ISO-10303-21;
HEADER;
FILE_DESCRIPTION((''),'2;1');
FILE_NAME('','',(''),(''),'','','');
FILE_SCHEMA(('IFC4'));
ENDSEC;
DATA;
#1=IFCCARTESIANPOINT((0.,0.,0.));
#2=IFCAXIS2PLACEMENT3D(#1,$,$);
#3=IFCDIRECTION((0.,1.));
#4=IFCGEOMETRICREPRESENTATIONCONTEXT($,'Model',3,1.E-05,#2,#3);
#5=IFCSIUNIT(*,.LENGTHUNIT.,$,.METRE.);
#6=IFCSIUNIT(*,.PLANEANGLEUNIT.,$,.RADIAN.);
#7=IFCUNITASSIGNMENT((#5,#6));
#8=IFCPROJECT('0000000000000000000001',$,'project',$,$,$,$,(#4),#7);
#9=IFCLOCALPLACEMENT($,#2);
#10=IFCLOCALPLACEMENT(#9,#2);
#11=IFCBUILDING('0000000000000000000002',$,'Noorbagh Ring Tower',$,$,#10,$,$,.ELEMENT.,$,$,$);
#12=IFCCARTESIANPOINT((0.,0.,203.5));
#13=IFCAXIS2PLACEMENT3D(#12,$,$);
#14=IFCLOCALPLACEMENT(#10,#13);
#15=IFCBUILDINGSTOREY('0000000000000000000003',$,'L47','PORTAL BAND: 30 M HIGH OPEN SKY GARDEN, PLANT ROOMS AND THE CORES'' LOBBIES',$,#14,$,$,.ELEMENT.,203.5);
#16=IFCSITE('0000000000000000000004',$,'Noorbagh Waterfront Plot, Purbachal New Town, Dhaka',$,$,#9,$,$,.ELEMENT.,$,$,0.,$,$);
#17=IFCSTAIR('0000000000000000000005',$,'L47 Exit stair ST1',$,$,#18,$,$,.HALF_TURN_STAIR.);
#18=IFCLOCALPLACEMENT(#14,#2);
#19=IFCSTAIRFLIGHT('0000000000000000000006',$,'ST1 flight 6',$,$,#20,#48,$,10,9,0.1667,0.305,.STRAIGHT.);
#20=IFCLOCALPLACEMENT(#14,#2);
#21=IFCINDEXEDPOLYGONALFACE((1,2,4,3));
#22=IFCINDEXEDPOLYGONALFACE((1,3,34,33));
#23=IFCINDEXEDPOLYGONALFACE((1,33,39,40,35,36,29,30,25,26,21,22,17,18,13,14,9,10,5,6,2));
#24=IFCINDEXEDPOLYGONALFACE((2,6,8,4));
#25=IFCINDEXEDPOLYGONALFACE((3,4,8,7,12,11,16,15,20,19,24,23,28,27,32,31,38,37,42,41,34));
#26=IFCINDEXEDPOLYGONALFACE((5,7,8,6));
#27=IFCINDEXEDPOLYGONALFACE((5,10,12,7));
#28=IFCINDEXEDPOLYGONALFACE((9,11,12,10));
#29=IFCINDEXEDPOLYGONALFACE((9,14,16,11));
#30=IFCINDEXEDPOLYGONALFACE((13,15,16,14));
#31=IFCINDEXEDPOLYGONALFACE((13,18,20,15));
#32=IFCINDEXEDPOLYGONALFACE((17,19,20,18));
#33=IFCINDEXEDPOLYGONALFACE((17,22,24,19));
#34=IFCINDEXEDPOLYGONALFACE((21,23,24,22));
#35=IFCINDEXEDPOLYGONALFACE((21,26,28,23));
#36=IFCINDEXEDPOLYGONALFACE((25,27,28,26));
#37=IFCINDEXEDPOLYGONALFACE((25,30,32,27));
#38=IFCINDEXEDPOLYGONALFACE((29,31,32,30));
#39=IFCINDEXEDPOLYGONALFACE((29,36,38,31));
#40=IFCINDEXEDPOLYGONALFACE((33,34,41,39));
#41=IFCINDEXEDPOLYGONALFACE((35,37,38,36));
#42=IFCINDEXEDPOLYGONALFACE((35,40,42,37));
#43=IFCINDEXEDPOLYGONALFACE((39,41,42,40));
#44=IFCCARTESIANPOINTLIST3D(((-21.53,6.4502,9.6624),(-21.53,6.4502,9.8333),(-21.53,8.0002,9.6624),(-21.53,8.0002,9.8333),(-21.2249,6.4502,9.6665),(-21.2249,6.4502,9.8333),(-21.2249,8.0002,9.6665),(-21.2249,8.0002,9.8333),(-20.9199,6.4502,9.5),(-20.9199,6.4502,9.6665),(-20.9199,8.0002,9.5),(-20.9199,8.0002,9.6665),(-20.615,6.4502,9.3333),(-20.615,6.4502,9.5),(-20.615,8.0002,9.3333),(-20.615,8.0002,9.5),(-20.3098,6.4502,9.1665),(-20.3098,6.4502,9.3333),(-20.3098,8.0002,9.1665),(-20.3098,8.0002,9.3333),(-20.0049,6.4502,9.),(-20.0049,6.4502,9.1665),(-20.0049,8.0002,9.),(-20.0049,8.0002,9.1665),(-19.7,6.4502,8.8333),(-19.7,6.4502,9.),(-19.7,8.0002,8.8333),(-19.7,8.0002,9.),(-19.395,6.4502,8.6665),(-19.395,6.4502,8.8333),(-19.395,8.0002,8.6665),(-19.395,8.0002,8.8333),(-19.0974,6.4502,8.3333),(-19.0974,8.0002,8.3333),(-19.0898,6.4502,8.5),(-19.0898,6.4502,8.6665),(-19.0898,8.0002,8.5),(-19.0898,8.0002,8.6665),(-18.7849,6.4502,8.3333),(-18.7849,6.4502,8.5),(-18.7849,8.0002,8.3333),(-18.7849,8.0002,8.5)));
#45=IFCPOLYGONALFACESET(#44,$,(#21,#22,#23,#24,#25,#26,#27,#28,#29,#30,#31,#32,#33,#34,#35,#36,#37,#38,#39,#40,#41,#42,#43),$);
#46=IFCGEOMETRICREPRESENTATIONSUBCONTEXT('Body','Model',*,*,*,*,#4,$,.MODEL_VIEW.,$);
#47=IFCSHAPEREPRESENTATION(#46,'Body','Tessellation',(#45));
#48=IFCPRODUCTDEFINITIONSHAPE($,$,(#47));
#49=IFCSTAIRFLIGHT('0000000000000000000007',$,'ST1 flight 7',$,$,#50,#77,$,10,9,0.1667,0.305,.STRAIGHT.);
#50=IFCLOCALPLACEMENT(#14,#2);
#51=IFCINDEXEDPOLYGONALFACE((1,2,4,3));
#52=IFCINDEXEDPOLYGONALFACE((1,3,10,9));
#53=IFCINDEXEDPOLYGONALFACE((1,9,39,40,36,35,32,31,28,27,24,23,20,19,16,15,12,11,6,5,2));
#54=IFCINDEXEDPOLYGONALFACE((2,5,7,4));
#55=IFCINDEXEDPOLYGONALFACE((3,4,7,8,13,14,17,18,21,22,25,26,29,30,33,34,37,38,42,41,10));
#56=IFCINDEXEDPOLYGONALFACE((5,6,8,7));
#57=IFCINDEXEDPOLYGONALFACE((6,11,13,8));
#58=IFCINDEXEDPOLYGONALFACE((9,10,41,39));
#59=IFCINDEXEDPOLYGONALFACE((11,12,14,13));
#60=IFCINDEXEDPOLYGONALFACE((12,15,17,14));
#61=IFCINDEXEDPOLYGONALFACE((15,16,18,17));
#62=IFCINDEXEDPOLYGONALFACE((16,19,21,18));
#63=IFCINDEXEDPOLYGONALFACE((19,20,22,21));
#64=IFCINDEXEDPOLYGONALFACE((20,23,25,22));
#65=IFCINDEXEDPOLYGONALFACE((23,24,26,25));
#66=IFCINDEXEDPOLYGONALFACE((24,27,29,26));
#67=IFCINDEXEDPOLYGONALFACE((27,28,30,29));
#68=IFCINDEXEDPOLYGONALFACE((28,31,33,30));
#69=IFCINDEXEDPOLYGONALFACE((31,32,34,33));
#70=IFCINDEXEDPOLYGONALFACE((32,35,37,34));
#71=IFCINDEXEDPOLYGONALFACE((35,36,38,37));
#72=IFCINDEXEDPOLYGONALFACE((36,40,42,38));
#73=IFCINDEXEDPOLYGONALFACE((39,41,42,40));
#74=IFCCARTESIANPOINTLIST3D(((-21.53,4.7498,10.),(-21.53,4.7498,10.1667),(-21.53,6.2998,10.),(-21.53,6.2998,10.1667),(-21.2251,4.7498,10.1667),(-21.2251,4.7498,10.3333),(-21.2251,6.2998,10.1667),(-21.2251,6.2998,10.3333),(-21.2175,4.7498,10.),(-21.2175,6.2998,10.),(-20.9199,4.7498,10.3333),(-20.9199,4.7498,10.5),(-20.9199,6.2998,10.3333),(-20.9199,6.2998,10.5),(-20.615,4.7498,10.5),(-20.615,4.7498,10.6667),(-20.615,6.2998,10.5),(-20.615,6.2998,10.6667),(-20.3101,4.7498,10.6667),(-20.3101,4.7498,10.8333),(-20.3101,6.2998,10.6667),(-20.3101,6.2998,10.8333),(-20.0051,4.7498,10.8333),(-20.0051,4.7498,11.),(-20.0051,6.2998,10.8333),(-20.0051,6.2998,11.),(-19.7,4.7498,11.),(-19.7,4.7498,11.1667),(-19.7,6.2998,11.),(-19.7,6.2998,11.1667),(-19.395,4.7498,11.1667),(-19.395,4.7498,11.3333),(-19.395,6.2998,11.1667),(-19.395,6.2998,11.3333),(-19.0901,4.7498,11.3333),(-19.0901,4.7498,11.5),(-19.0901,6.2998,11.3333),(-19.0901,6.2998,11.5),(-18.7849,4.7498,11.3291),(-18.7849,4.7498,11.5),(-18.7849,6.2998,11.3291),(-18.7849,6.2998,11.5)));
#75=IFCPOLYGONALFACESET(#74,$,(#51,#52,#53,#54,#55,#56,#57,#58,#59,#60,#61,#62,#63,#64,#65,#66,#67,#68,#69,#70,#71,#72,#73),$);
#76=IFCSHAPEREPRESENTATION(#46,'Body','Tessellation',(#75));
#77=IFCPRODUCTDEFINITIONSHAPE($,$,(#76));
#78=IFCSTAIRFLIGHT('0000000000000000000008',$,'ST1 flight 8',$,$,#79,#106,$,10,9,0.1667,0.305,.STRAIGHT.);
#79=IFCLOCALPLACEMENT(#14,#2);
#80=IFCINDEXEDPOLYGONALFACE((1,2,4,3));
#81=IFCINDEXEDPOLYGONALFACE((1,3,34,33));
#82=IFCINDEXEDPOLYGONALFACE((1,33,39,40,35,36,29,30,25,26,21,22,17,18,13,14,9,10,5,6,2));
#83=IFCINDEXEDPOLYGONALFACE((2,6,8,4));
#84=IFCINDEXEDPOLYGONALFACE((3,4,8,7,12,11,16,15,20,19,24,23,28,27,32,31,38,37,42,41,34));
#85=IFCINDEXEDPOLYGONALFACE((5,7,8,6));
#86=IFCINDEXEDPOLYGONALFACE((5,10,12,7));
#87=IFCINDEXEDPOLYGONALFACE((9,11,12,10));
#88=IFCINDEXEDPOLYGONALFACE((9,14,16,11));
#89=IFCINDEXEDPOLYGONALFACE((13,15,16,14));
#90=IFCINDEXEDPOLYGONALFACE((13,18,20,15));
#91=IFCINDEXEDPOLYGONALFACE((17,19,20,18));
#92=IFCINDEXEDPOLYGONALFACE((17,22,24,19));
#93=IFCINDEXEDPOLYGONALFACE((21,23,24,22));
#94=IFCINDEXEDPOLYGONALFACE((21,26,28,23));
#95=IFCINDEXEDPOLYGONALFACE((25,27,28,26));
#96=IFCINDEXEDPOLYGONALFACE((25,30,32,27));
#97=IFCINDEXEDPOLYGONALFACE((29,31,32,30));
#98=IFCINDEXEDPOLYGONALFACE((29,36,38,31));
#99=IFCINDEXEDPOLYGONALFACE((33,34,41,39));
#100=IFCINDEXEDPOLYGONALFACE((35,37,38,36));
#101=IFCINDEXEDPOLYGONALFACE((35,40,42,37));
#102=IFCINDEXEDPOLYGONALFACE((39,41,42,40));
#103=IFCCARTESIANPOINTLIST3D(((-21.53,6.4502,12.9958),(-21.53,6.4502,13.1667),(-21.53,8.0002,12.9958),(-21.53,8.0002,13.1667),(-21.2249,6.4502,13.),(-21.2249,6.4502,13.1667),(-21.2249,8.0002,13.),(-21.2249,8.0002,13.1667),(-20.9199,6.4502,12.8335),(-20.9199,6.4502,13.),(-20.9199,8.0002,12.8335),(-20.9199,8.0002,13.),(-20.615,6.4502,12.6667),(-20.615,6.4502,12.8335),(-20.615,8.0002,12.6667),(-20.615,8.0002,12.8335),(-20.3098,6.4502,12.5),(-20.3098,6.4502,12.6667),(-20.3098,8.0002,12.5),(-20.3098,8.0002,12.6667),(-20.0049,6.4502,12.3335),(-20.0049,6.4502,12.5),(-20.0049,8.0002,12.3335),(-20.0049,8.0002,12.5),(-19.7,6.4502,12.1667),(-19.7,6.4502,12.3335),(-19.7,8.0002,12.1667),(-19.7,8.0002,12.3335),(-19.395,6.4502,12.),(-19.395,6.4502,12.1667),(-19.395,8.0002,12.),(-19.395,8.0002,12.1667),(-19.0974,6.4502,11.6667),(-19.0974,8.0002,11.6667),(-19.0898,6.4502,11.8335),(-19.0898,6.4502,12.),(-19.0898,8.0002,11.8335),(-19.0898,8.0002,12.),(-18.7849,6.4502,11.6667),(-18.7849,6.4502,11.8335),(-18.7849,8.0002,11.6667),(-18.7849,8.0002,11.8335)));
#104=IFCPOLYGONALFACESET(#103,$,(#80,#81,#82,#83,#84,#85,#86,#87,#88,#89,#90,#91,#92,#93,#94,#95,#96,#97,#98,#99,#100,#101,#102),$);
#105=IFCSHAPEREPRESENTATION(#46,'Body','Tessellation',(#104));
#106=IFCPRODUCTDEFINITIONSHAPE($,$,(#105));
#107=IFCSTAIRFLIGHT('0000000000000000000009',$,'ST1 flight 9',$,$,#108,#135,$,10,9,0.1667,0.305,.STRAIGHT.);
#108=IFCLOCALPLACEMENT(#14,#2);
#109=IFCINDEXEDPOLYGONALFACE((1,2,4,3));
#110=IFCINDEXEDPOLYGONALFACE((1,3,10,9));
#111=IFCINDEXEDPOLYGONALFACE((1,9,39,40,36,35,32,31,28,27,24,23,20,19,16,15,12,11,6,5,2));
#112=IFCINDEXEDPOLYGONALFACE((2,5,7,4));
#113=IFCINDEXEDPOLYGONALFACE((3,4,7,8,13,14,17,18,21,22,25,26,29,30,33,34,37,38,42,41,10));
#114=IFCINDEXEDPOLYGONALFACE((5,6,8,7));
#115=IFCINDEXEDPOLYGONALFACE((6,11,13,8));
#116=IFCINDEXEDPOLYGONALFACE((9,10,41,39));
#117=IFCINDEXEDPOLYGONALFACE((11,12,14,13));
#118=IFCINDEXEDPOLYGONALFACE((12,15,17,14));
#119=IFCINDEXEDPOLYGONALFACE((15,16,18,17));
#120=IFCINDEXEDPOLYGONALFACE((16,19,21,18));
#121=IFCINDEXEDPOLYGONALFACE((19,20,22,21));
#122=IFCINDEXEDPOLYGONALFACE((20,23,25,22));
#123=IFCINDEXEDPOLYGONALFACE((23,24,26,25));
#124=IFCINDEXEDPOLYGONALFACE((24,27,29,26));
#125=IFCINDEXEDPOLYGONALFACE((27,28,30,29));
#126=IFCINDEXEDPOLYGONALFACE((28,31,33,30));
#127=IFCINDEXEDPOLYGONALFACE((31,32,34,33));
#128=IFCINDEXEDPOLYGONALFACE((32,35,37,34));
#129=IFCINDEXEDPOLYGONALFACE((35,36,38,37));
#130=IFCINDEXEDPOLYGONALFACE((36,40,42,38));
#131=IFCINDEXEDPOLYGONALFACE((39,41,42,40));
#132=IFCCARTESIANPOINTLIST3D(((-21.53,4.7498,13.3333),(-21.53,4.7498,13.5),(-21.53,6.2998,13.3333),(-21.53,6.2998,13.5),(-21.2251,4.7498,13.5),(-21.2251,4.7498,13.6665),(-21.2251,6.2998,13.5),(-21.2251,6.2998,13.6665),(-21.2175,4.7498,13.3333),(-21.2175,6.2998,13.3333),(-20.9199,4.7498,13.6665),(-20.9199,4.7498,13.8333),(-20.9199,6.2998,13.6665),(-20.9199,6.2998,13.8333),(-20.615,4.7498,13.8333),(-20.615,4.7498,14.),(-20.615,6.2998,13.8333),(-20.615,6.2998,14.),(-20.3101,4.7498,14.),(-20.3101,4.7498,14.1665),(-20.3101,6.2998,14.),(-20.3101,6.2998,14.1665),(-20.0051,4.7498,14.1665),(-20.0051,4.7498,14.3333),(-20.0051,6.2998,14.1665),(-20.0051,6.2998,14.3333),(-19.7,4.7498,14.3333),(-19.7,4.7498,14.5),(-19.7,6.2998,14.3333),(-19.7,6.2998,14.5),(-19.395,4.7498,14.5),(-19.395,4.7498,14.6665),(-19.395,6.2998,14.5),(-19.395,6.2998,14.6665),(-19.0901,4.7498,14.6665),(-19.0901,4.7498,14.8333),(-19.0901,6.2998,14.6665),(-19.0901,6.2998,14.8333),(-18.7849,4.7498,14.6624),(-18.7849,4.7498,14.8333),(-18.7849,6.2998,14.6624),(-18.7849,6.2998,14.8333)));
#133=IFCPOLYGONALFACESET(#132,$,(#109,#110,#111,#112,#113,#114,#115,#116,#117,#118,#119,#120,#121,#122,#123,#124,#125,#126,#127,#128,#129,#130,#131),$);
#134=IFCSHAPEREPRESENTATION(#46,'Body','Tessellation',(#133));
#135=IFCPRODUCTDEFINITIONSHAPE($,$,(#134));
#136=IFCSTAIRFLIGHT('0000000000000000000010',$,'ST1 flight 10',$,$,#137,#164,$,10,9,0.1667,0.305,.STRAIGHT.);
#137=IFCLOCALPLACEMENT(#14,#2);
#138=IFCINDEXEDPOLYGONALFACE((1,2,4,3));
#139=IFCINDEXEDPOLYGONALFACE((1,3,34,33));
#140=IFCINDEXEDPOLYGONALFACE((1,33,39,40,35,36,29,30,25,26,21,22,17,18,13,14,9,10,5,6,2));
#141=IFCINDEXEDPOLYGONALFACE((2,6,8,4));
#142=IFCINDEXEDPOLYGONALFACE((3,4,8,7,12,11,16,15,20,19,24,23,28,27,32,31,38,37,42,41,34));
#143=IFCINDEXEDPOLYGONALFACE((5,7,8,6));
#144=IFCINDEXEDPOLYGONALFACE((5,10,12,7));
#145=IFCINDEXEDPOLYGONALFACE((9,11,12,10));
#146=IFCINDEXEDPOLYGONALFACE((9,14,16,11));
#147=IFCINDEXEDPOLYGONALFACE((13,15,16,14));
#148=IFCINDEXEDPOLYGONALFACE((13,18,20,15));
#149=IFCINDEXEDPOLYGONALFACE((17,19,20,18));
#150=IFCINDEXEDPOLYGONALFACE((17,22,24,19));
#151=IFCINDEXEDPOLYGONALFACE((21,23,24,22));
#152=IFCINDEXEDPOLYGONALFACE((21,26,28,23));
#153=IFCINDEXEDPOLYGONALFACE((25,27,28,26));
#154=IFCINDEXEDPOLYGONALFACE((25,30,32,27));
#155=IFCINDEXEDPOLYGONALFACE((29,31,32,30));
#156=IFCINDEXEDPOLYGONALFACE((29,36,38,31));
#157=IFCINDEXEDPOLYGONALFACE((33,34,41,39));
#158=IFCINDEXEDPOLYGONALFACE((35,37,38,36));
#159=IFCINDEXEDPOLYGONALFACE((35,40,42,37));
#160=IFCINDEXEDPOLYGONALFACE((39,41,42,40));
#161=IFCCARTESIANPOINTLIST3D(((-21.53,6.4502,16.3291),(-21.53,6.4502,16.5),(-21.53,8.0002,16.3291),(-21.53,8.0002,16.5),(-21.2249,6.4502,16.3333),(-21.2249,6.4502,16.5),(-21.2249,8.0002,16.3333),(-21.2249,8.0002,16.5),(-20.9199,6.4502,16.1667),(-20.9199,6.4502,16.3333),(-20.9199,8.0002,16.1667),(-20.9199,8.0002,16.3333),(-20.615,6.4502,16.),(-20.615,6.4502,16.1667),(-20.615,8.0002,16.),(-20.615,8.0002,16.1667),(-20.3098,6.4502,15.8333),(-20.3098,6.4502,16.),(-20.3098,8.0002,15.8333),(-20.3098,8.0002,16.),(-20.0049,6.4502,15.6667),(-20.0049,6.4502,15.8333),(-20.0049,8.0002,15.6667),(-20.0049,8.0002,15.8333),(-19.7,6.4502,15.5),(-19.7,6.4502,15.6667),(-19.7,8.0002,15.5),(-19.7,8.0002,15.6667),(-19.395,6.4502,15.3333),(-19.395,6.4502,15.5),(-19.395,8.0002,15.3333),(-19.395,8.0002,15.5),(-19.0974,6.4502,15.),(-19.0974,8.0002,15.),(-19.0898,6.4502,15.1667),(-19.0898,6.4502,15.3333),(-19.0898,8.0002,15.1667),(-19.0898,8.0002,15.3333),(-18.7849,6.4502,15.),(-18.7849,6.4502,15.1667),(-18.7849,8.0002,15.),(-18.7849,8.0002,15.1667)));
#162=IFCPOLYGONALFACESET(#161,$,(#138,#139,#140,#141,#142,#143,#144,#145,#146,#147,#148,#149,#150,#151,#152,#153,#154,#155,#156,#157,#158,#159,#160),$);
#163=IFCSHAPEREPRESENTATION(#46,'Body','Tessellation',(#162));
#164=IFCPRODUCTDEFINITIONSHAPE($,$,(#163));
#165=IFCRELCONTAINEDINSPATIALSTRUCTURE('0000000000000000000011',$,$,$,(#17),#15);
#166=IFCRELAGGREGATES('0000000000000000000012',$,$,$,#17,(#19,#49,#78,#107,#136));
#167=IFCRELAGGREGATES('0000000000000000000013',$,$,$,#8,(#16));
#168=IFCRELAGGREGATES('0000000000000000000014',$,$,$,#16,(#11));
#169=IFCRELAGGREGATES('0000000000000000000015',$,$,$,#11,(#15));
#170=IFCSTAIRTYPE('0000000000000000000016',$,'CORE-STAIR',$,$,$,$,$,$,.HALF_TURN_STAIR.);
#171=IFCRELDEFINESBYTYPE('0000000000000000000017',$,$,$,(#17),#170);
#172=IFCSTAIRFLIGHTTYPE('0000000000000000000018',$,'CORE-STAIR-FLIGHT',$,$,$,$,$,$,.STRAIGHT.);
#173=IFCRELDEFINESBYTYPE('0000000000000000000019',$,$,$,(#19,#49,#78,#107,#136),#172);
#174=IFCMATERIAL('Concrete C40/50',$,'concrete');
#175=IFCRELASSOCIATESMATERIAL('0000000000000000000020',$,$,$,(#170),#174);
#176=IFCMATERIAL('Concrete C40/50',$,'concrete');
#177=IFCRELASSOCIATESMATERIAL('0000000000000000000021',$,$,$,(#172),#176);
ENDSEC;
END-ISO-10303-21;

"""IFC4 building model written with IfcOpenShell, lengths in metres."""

from ifc_helpers import new_model, si_unit, direction, frame, origin, place, context, subcontext, project, spatial, polyline, outline, extrude, material, type_object, element, aggregate, save


model = new_model("IFC4")

# Units and contexts
model_context = context("Model", 3, precision=1e-05, world=origin(), true_north=direction((0.0, 1.0)))
body_context = subcontext(model_context, "Body", "Model", "MODEL_VIEW")
ifc_project = project(units=[si_unit("LENGTHUNIT", "METRE"), si_unit("PLANEANGLEUNIT", "RADIAN")], contexts=[model_context])

# Site, building, storey
site_placement = place(None, origin())
site = spatial("IfcSite", under=ifc_project, at=site_placement, Name="Noorbagh Waterfront Plot, Purbachal New Town, Dhaka", CompositionType="ELEMENT", RefElevation=0.0)
building_placement = place(site_placement, origin())
building = spatial("IfcBuilding", under=site, at=building_placement, Name="Noorbagh Ring Tower", CompositionType="ELEMENT")
storey_placement = place(building_placement, frame((0.0, 0.0, 203.5)))
storey = spatial("IfcBuildingStorey", under=building, at=storey_placement, Name="L47", Description="PORTAL BAND: 30 M HIGH OPEN SKY GARDEN, PLANT ROOMS AND THE CORES' LOBBIES", CompositionType="ELEMENT", Elevation=203.5)

# Stair, stair flights
ifc_material_1 = material(Name="Concrete C40/50", Category="concrete")
stair_type = type_object("IfcStairType", Name="CORE-STAIR", PredefinedType="HALF_TURN_STAIR", material=ifc_material_1)
stair_placement = place(storey_placement, origin())
stair = element("IfcStair", 1, at=stair_placement, inside=storey, type_object=stair_type, Name="L47 Exit stair ST1", PredefinedType="HALF_TURN_STAIR")
ifc_material_2 = material(Name="Concrete C40/50", Category="concrete")
stair_flight_type = type_object("IfcStairFlightType", Name="CORE-STAIR-FLIGHT", PredefinedType="STRAIGHT", material=ifc_material_2)
stair_flight_1_placement = place(storey_placement, frame((-18.7849, 7.2251, 8.3333), z_axis=(0.0, 0.0, 1.0), x_axis=(-1.0, 0.0, 0.0)))
stair_flight_1 = element("IfcStairFlight", 2, at=stair_flight_1_placement, type_object=stair_flight_type, Name="ST1 flight 6", NumberOfRisers=10, NumberOfTreads=9, PredefinedType="STRAIGHT", RiserHeight=0.1667, TreadLength=0.305, context=body_context, shape_type="SweptSolid", body=[
    extrude(outline(polyline([(0.0, 0.0), (0.0, 0.1667), (0.3049, 0.1667), (0.3049, 0.3333), (0.6101, 0.3333), (0.6101, 0.5), (0.915, 0.5), (0.915, 0.6667), (1.22, 0.6667), (1.22, 0.8333), (1.5249, 0.8333), (1.5249, 1.0), (1.8301, 1.0), (1.8301, 1.1667), (2.135, 1.1667), (2.135, 1.3333), (2.4399, 1.3333), (2.4399, 1.5), (2.7451, 1.5), (2.7451, 1.6667), (2.7451, 1.3291), (0.3125, 0.0), (0.0, 0.0)])), frame((0.0, 0.7749, 0.0), z_axis=(0.0, -1.0, 0.0), x_axis=(1.0, 0.0, 0.0)), (0.0, 0.0, 1.0), 1.55),
])
stair_flight_2_placement = place(storey_placement, frame((-21.53, 5.5249, 10.0), z_axis=(0.0, 0.0, 1.0), x_axis=(1.0, 0.0, 0.0)))
stair_flight_2 = element("IfcStairFlight", 3, at=stair_flight_2_placement, type_object=stair_flight_type, Name="ST1 flight 7", NumberOfRisers=10, NumberOfTreads=9, PredefinedType="STRAIGHT", RiserHeight=0.1667, TreadLength=0.305, context=body_context, shape_type="SweptSolid", body=[
    extrude(outline(polyline([(0.0, 0.0), (0.0, 0.1667), (0.3049, 0.1667), (0.3049, 0.3333), (0.6101, 0.3333), (0.6101, 0.5), (0.915, 0.5), (0.915, 0.6667), (1.22, 0.6667), (1.22, 0.8333), (1.5249, 0.8333), (1.5249, 1.0), (1.8301, 1.0), (1.8301, 1.1667), (2.135, 1.1667), (2.135, 1.3333), (2.4399, 1.3333), (2.4399, 1.5), (2.7451, 1.5), (2.7451, 1.6667), (2.7451, 1.3291), (0.3125, 0.0), (0.0, 0.0)])), frame((0.0, 0.7749, 0.0), z_axis=(0.0, -1.0, 0.0), x_axis=(1.0, 0.0, 0.0)), (0.0, 0.0, 1.0), 1.55),
])
stair_flight_3_placement = place(storey_placement, frame((-18.7849, 7.2251, 11.6667), z_axis=(0.0, 0.0, 1.0), x_axis=(-1.0, 0.0, 0.0)))
stair_flight_3 = element("IfcStairFlight", 4, at=stair_flight_3_placement, type_object=stair_flight_type, Name="ST1 flight 8", NumberOfRisers=10, NumberOfTreads=9, PredefinedType="STRAIGHT", RiserHeight=0.1667, TreadLength=0.305, context=body_context, shape_type="SweptSolid", body=[
    extrude(outline(polyline([(0.0, 0.0), (0.0, 0.1667), (0.3049, 0.1667), (0.3049, 0.3333), (0.6101, 0.3333), (0.6101, 0.5), (0.915, 0.5), (0.915, 0.6667), (1.22, 0.6667), (1.22, 0.8333), (1.5249, 0.8333), (1.5249, 1.0), (1.8301, 1.0), (1.8301, 1.1667), (2.135, 1.1667), (2.135, 1.3333), (2.4399, 1.3333), (2.4399, 1.5), (2.7451, 1.5), (2.7451, 1.6667), (2.7451, 1.3291), (0.3125, 0.0), (0.0, 0.0)])), frame((0.0, 0.7749, 0.0), z_axis=(0.0, -1.0, 0.0), x_axis=(1.0, 0.0, 0.0)), (0.0, 0.0, 1.0), 1.55),
])
stair_flight_4_placement = place(storey_placement, frame((-21.53, 5.5249, 13.3333), z_axis=(0.0, 0.0, 1.0), x_axis=(1.0, 0.0, 0.0)))
stair_flight_4 = element("IfcStairFlight", 5, at=stair_flight_4_placement, type_object=stair_flight_type, Name="ST1 flight 9", NumberOfRisers=10, NumberOfTreads=9, PredefinedType="STRAIGHT", RiserHeight=0.1667, TreadLength=0.305, context=body_context, shape_type="SweptSolid", body=[
    extrude(outline(polyline([(0.0, 0.0), (0.0, 0.1667), (0.3049, 0.1667), (0.3049, 0.3333), (0.6101, 0.3333), (0.6101, 0.5), (0.915, 0.5), (0.915, 0.6667), (1.22, 0.6667), (1.22, 0.8333), (1.5249, 0.8333), (1.5249, 1.0), (1.8301, 1.0), (1.8301, 1.1667), (2.135, 1.1667), (2.135, 1.3333), (2.4399, 1.3333), (2.4399, 1.5), (2.7451, 1.5), (2.7451, 1.6667), (2.7451, 1.3291), (0.3125, 0.0), (0.0, 0.0)])), frame((0.0, 0.7749, 0.0), z_axis=(0.0, -1.0, 0.0), x_axis=(1.0, 0.0, 0.0)), (0.0, 0.0, 1.0), 1.55),
])
stair_flight_5_placement = place(storey_placement, frame((-18.7849, 7.2251, 15.0), z_axis=(0.0, 0.0, 1.0), x_axis=(-1.0, 0.0, 0.0)))
stair_flight_5 = element("IfcStairFlight", 6, at=stair_flight_5_placement, type_object=stair_flight_type, Name="ST1 flight 10", NumberOfRisers=10, NumberOfTreads=9, PredefinedType="STRAIGHT", RiserHeight=0.1667, TreadLength=0.305, context=body_context, shape_type="SweptSolid", body=[
    extrude(outline(polyline([(0.0, 0.0), (0.0, 0.1667), (0.3049, 0.1667), (0.3049, 0.3333), (0.6101, 0.3333), (0.6101, 0.5), (0.915, 0.5), (0.915, 0.6667), (1.22, 0.6667), (1.22, 0.8333), (1.5249, 0.8333), (1.5249, 1.0), (1.8301, 1.0), (1.8301, 1.1667), (2.135, 1.1667), (2.135, 1.3333), (2.4399, 1.3333), (2.4399, 1.5), (2.7451, 1.5), (2.7451, 1.6667), (2.7451, 1.3291), (0.3125, 0.0), (0.0, 0.0)])), frame((0.0, 0.7749, 0.0), z_axis=(0.0, -1.0, 0.0), x_axis=(1.0, 0.0, 0.0)), (0.0, 0.0, 1.0), 1.55),
])
aggregate(stair, [stair_flight_1, stair_flight_2, stair_flight_3, stair_flight_4, stair_flight_5])

save(model, "model.ifc")
